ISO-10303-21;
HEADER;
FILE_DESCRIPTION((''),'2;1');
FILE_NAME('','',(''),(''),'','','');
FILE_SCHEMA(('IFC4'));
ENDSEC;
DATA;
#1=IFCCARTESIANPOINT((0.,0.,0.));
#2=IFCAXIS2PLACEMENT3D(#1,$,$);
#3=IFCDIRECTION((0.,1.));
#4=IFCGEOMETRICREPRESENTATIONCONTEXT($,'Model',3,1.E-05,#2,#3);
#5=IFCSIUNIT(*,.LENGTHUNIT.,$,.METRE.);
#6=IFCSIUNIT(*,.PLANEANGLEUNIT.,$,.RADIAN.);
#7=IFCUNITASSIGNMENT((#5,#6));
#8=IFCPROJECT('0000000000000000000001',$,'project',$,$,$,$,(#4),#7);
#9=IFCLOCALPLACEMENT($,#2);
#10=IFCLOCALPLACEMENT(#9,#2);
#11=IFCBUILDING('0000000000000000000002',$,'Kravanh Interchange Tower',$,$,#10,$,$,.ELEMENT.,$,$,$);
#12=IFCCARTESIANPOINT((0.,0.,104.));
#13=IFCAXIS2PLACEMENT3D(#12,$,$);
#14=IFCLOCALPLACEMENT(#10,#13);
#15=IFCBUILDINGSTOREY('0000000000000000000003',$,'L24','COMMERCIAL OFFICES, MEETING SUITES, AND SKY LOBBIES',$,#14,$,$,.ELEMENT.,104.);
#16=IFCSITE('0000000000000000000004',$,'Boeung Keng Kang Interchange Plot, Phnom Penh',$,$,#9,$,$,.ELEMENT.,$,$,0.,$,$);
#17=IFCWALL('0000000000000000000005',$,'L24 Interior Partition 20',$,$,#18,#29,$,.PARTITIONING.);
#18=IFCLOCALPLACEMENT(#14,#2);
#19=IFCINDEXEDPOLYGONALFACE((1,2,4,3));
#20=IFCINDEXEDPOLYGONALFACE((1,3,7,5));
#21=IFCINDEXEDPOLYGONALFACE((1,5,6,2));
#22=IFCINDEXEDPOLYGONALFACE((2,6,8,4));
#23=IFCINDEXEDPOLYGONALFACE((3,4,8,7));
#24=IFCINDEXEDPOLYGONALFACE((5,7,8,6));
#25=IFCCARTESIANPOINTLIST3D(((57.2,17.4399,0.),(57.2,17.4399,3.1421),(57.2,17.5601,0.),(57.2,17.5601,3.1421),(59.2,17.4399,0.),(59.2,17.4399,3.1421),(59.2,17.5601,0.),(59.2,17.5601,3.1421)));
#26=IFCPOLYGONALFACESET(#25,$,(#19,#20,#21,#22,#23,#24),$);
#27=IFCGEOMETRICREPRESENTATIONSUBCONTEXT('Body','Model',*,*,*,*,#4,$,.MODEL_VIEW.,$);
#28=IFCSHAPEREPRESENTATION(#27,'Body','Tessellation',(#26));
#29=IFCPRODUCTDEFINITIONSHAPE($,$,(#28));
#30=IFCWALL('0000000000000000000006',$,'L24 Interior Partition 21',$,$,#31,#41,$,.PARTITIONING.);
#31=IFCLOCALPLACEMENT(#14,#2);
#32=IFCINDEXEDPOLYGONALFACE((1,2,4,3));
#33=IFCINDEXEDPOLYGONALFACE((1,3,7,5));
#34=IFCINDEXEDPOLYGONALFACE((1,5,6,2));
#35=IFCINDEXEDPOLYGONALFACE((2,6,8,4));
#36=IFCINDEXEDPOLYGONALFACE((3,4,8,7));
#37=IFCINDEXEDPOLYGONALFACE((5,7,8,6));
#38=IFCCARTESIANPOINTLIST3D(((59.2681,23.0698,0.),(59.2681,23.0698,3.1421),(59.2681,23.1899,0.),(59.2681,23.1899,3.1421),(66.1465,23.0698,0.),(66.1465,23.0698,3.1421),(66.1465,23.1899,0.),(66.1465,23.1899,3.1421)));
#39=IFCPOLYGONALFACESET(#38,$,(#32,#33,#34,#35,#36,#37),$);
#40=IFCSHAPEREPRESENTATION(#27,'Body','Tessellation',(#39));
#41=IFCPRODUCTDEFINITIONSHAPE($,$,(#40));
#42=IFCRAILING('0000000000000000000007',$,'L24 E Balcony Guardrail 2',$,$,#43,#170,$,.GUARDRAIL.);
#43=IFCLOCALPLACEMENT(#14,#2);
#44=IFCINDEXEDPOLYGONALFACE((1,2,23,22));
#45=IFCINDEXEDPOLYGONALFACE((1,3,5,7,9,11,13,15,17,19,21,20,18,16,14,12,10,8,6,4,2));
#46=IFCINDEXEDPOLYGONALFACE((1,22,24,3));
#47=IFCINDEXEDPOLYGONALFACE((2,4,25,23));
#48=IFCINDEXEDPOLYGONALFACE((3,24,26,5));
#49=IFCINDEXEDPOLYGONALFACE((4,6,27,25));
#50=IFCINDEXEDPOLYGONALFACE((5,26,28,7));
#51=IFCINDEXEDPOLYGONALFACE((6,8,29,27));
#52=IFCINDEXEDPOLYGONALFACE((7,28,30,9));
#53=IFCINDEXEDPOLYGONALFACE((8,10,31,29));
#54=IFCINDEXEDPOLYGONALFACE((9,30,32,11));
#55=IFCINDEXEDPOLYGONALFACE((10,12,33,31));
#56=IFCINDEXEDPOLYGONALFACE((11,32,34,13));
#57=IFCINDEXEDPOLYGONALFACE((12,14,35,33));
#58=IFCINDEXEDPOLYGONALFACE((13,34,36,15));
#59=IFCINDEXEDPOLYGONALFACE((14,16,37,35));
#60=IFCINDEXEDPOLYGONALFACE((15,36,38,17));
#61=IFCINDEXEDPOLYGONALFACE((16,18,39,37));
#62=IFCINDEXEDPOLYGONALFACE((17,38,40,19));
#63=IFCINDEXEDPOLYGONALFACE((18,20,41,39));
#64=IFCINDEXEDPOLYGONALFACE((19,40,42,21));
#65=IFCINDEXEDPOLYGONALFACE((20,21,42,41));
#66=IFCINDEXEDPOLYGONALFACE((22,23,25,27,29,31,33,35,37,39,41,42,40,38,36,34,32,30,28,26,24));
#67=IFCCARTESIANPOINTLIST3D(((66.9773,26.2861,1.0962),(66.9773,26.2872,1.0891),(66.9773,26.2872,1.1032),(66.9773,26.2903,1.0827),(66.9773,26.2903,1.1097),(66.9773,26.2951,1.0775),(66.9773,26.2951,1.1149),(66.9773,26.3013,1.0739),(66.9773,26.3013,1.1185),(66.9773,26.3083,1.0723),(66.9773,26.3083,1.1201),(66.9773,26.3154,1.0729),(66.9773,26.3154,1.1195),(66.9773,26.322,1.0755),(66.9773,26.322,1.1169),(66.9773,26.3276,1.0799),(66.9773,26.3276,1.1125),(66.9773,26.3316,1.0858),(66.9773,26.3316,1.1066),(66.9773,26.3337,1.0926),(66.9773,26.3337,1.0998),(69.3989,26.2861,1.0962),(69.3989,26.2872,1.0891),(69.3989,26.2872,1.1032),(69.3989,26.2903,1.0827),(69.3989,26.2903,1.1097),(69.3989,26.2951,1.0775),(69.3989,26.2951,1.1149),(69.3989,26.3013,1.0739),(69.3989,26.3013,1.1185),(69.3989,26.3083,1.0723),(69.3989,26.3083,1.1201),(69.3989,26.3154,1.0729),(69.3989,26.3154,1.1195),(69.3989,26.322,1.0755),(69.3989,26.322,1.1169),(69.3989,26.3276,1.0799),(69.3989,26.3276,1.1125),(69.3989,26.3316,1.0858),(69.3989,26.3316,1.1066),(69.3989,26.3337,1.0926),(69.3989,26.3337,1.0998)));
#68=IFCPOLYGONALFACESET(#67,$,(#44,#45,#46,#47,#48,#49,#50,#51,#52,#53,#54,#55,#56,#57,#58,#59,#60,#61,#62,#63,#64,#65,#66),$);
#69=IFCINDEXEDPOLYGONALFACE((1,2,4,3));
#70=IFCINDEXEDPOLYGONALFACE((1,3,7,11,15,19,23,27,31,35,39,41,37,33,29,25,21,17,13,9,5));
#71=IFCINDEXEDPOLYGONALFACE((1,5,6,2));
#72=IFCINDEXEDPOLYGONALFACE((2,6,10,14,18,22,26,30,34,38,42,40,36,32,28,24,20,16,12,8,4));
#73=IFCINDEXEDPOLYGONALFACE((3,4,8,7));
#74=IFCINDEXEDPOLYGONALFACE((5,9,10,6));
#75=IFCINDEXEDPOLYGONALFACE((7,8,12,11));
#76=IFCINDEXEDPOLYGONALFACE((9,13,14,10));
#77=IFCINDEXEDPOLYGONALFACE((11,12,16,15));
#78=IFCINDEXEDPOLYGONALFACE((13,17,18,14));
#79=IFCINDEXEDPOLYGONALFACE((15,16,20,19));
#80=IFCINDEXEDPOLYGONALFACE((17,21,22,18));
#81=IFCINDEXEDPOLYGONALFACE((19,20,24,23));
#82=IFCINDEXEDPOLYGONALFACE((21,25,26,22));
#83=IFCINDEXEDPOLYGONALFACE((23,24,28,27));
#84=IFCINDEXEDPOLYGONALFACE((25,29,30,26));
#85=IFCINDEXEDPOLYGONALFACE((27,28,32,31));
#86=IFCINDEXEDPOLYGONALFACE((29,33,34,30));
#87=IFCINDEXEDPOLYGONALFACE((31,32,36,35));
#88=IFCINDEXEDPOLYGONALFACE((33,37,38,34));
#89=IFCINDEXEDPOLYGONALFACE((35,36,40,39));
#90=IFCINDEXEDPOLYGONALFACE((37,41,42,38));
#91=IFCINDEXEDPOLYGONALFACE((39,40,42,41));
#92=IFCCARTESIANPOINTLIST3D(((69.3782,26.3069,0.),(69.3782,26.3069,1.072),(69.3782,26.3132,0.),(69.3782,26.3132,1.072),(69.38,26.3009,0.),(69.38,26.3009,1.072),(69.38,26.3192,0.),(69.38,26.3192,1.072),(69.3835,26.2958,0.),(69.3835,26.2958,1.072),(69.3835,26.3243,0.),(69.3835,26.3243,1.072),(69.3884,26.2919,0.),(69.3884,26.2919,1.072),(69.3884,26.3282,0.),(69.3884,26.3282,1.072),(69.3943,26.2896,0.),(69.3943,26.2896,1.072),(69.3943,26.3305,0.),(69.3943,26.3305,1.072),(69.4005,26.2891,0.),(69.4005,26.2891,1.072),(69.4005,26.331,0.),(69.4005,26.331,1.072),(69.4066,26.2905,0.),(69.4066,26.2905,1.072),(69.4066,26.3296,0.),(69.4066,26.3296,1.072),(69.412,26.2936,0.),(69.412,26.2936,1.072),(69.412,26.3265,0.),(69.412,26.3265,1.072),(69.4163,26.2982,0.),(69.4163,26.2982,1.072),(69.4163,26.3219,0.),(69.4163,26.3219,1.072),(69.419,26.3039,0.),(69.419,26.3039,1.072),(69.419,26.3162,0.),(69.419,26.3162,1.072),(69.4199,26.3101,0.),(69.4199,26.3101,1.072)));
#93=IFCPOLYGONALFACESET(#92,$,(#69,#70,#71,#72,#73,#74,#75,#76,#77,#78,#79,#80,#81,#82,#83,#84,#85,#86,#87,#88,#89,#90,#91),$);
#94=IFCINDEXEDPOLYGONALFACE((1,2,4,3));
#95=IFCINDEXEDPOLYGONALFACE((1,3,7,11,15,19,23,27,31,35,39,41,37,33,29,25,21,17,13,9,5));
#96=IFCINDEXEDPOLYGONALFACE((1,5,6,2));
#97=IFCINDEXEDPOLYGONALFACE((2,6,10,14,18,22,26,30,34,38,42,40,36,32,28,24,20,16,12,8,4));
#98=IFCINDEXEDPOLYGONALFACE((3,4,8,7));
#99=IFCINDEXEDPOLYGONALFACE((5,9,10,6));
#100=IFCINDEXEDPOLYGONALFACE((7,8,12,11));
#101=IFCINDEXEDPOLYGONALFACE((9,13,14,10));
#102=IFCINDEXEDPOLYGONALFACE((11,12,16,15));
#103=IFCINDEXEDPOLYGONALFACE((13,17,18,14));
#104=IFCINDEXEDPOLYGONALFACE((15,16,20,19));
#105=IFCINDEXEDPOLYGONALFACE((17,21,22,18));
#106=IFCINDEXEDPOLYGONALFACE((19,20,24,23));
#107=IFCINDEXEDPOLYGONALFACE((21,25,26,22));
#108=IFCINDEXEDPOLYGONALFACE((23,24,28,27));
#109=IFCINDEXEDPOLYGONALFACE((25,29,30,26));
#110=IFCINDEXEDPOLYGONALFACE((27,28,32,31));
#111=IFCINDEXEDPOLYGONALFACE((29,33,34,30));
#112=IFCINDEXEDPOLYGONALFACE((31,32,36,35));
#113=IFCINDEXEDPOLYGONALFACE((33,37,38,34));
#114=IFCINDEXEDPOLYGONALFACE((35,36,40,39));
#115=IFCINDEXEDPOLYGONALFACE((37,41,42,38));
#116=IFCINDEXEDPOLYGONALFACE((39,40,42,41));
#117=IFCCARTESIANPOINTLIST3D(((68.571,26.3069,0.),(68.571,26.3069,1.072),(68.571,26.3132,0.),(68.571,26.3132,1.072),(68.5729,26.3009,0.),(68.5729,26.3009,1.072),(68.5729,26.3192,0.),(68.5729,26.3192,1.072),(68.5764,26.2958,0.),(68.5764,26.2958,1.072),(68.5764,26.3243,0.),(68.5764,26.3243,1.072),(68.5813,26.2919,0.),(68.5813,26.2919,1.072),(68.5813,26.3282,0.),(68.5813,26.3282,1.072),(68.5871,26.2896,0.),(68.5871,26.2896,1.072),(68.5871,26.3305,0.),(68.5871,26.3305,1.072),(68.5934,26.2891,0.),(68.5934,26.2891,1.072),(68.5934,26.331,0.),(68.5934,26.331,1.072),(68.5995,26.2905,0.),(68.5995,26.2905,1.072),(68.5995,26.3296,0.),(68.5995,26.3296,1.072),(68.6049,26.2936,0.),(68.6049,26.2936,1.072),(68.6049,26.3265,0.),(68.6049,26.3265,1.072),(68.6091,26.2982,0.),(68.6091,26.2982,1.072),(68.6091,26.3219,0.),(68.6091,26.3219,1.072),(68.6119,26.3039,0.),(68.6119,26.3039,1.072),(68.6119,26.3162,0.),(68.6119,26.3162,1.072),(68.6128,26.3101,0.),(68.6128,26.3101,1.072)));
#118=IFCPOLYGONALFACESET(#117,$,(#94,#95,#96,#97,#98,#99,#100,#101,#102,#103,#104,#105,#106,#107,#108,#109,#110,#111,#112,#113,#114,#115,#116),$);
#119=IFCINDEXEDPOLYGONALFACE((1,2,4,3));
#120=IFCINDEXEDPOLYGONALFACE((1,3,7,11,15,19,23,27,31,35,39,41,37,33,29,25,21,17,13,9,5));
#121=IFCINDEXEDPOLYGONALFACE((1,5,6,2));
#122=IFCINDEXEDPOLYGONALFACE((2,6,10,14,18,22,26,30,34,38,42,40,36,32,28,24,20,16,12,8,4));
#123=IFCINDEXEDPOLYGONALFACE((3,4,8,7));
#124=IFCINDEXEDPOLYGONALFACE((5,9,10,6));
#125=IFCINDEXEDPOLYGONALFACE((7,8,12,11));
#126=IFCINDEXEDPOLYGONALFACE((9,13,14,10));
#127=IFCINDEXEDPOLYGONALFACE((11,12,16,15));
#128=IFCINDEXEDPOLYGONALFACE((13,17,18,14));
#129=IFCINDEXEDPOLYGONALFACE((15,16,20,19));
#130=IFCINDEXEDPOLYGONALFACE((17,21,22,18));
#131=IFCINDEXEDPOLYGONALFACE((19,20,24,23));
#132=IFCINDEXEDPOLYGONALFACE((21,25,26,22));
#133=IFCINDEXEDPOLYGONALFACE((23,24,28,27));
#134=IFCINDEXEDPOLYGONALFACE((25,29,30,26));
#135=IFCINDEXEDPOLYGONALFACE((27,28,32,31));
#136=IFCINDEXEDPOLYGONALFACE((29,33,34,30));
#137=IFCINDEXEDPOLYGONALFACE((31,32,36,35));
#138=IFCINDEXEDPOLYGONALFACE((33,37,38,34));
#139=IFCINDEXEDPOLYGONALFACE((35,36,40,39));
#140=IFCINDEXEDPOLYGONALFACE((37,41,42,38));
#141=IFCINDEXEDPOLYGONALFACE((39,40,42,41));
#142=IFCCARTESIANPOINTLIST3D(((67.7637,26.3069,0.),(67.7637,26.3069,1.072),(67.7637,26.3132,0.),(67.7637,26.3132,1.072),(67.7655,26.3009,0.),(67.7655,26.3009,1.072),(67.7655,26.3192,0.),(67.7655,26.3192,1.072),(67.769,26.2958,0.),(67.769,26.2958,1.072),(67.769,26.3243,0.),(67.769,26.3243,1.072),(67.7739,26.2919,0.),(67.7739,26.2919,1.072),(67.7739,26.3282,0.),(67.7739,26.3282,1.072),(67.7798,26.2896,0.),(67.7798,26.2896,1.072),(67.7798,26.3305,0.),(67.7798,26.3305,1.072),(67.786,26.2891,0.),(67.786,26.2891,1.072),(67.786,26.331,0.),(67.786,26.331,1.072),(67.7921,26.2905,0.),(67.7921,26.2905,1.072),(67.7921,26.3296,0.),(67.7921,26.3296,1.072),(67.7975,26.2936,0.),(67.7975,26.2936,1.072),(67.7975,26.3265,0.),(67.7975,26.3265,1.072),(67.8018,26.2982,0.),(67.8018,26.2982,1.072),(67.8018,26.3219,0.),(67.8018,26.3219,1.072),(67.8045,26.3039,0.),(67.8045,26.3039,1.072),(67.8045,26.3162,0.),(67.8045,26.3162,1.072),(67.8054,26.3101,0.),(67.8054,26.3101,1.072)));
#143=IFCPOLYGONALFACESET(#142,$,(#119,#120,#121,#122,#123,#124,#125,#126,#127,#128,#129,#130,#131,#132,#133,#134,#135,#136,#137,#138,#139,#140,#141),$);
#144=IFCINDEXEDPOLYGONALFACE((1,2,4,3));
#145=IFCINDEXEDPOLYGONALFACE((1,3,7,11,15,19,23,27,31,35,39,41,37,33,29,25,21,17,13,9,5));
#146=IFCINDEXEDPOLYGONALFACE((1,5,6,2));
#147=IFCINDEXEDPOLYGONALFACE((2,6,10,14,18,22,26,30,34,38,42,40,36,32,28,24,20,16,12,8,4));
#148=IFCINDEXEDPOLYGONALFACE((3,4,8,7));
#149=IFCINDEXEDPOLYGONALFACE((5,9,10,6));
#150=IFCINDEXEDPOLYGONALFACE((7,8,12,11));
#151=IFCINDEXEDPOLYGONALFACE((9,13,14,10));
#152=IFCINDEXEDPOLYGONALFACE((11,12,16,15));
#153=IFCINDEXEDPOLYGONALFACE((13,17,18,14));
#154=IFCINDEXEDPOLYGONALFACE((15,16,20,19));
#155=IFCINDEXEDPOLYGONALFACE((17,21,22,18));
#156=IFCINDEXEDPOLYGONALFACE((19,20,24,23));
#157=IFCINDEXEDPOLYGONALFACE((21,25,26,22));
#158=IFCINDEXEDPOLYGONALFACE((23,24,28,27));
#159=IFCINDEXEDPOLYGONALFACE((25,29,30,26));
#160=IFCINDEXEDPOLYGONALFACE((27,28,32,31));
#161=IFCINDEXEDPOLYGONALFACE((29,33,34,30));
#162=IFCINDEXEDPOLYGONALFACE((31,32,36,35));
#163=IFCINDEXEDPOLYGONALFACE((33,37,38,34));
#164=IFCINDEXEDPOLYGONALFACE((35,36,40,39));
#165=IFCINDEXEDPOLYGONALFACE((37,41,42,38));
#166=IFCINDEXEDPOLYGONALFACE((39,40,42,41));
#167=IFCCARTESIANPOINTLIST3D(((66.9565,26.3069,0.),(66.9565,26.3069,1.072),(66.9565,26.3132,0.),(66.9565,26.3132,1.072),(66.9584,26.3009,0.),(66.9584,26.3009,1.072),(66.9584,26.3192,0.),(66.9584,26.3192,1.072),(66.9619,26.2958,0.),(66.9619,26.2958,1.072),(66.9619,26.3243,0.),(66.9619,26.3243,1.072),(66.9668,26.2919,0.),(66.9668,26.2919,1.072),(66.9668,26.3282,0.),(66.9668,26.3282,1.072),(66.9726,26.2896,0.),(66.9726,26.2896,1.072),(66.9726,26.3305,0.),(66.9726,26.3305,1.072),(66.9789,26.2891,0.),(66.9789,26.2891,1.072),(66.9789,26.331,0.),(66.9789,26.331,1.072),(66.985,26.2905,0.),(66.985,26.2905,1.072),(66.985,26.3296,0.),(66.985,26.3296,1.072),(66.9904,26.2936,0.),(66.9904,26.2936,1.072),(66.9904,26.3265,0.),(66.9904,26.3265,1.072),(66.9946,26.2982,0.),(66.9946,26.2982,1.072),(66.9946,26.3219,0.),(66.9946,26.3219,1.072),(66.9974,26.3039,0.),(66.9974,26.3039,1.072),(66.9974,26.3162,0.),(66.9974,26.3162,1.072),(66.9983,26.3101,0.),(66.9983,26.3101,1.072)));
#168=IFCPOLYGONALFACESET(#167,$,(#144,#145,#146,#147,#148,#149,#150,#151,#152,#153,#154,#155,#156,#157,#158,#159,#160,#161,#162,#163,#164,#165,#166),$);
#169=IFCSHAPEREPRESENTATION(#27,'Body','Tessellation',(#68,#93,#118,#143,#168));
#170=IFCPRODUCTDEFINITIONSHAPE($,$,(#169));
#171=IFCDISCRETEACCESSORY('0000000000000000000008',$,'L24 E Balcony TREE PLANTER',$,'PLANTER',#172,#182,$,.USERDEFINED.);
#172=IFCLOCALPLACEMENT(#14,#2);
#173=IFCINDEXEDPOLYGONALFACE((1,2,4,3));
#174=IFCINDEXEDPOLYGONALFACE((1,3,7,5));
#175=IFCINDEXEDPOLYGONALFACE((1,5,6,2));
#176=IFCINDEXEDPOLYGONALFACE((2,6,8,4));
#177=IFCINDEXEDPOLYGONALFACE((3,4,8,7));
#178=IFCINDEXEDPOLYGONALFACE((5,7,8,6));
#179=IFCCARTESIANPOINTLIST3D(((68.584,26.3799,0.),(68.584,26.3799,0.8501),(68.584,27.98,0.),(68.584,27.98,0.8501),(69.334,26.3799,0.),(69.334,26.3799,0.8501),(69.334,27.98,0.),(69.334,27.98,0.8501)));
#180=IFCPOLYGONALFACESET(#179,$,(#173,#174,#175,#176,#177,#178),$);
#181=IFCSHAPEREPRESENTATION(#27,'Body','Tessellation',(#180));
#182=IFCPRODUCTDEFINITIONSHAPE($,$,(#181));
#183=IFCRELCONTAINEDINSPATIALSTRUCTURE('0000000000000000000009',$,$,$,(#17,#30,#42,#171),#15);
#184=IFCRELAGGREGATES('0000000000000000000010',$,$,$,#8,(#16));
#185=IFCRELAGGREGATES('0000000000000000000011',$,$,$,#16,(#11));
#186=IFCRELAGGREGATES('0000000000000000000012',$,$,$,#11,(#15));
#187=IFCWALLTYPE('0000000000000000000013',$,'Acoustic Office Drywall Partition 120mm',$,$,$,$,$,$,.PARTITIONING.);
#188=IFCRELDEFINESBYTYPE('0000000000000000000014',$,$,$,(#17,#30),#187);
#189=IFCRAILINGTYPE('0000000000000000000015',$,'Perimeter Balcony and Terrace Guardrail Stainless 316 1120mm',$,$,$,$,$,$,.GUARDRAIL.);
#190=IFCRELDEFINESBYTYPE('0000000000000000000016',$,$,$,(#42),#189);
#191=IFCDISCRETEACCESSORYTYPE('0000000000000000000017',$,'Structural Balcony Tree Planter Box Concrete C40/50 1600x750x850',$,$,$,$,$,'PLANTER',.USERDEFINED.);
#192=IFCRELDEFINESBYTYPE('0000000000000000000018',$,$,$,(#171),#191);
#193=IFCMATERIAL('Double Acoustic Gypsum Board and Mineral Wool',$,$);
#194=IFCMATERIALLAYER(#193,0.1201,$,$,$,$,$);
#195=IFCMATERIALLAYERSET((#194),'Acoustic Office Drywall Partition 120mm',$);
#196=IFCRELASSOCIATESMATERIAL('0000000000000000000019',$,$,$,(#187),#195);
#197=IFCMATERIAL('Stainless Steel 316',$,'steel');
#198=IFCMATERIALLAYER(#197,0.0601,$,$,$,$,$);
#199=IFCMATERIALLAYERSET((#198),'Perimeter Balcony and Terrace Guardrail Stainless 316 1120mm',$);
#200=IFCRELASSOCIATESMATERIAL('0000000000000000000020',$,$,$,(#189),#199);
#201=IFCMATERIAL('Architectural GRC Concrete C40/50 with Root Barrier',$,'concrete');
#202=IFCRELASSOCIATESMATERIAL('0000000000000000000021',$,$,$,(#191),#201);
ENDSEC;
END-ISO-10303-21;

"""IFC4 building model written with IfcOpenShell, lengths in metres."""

from ifc_helpers import new_model, si_unit, direction, frame, frame_2d, origin, origin_2d, place, context, subcontext, project, spatial, rectangle, circle, extrude, material, layer, layer_set, type_object, element, save


model = new_model("IFC4")

# Units and contexts
model_context = context("Model", 3, precision=1e-05, world=origin(), true_north=direction((0.0, 1.0)))
body_context = subcontext(model_context, "Body", "Model", "MODEL_VIEW")
ifc_project = project(units=[si_unit("LENGTHUNIT", "METRE"), si_unit("PLANEANGLEUNIT", "RADIAN")], contexts=[model_context])

# Site, building, storey
site_placement = place(None, origin())
site = spatial("IfcSite", under=ifc_project, at=site_placement, Name="Boeung Keng Kang Interchange Plot, Phnom Penh", CompositionType="ELEMENT", RefElevation=0.0)
building_placement = place(site_placement, origin())
building = spatial("IfcBuilding", under=site, at=building_placement, Name="Kravanh Interchange Tower", CompositionType="ELEMENT")
storey_placement = place(building_placement, frame((0.0, 0.0, 104.0)))
storey = spatial("IfcBuildingStorey", under=building, at=storey_placement, Name="L24", Description="COMMERCIAL OFFICES, MEETING SUITES, AND SKY LOBBIES", CompositionType="ELEMENT", Elevation=104.0)

# Shared definitions
ifc_material_1 = material(Name="Double Acoustic Gypsum Board and Mineral Wool")
ifc_layer_1 = layer(ifc_material_1, 0.1201)
ifc_layer_set_1 = layer_set([ifc_layer_1], Name="Acoustic Office Drywall Partition 120mm")
wall_type = type_object("IfcWallType", Name="Acoustic Office Drywall Partition 120mm", PredefinedType="PARTITIONING", material=ifc_layer_set_1)

# Walls
wall_1_placement = place(storey_placement, frame((57.2, 17.5, 0.0), z_axis=(0.0, 0.0, 1.0), x_axis=(1.0, 0.0, 0.0)))
element("IfcWall", 1, at=wall_1_placement, inside=storey, type_object=wall_type, Name="L24 Interior Partition 20", PredefinedType="PARTITIONING", context=body_context, shape_type="SweptSolid", body=[
    extrude(rectangle(XDim=2.0, YDim=0.1201, at=frame_2d((1.0, 0.0))), origin(), (0.0, 0.0, 1.0), 3.1421),
])
wall_2_placement = place(storey_placement, frame((59.2681, 23.1299, 0.0), z_axis=(0.0, 0.0, 1.0), x_axis=(1.0, 0.0, 0.0)))
element("IfcWall", 2, at=wall_2_placement, inside=storey, type_object=wall_type, Name="L24 Interior Partition 21", PredefinedType="PARTITIONING", context=body_context, shape_type="SweptSolid", body=[
    extrude(rectangle(XDim=6.8784, YDim=0.1201, at=frame_2d((3.4392, 0.0))), origin(), (0.0, 0.0, 1.0), 3.1421),
])

# Railing
ifc_material_2 = material(Name="Stainless Steel 316", Category="steel")
ifc_layer_2 = layer(ifc_material_2, 0.0601)
ifc_layer_set_2 = layer_set([ifc_layer_2], Name="Perimeter Balcony and Terrace Guardrail Stainless 316 1120mm")
railing_type = type_object("IfcRailingType", Name="Perimeter Balcony and Terrace Guardrail Stainless 316 1120mm", PredefinedType="GUARDRAIL", material=ifc_layer_set_2)
railing_placement = place(storey_placement, frame((69.3989, 26.3101, 0.0)))
element("IfcRailing", 3, at=railing_placement, inside=storey, type_object=railing_type, Name="L24 E Balcony Guardrail 2", PredefinedType="GUARDRAIL", context=body_context, shape_type="SweptSolid", body=[
    extrude(circle(Radius=0.0239, at=origin_2d()), frame((0.0, 0.0, 1.0962), z_axis=(-1.0, 0.0, 0.0), x_axis=(0.0, -1.0, 0.0)), (0.0, 0.0, 1.0), 2.4216),
    extrude(circle(Radius=0.021, at=origin_2d()), origin(), (0.0, 0.0, 1.0), 1.072),
    extrude(circle(Radius=0.021, at=origin_2d()), frame((-0.8071, 0.0, 0.0)), (0.0, 0.0, 1.0), 1.072),
    extrude(circle(Radius=0.021, at=origin_2d()), frame((-1.6145, 0.0, 0.0)), (0.0, 0.0, 1.0), 1.072),
    extrude(circle(Radius=0.021, at=origin_2d()), frame((-2.4216, 0.0, 0.0)), (0.0, 0.0, 1.0), 1.072),
])

# Discrete accessory
ifc_material_3 = material(Name="Architectural GRC Concrete C40/50 with Root Barrier", Category="concrete")
discrete_accessory_type = type_object("IfcDiscreteAccessoryType", Name="Structural Balcony Tree Planter Box Concrete C40/50 1600x750x850", ElementType="PLANTER", PredefinedType="USERDEFINED", material=ifc_material_3)
discrete_accessory_placement = place(storey_placement, frame((68.959, 27.1799, 0.0), z_axis=(0.0, 0.0, 1.0), x_axis=(1.0, 0.0, 0.0)))
element("IfcDiscreteAccessory", 4, at=discrete_accessory_placement, inside=storey, type_object=discrete_accessory_type, Name="L24 E Balcony TREE PLANTER", ObjectType="PLANTER", PredefinedType="USERDEFINED", context=body_context, shape_type="SweptSolid", body=[
    extrude(rectangle(XDim=0.75, YDim=1.6001, at=origin_2d()), origin(), (0.0, 0.0, 1.0), 0.8501),
])

save(model, "model.ifc")
